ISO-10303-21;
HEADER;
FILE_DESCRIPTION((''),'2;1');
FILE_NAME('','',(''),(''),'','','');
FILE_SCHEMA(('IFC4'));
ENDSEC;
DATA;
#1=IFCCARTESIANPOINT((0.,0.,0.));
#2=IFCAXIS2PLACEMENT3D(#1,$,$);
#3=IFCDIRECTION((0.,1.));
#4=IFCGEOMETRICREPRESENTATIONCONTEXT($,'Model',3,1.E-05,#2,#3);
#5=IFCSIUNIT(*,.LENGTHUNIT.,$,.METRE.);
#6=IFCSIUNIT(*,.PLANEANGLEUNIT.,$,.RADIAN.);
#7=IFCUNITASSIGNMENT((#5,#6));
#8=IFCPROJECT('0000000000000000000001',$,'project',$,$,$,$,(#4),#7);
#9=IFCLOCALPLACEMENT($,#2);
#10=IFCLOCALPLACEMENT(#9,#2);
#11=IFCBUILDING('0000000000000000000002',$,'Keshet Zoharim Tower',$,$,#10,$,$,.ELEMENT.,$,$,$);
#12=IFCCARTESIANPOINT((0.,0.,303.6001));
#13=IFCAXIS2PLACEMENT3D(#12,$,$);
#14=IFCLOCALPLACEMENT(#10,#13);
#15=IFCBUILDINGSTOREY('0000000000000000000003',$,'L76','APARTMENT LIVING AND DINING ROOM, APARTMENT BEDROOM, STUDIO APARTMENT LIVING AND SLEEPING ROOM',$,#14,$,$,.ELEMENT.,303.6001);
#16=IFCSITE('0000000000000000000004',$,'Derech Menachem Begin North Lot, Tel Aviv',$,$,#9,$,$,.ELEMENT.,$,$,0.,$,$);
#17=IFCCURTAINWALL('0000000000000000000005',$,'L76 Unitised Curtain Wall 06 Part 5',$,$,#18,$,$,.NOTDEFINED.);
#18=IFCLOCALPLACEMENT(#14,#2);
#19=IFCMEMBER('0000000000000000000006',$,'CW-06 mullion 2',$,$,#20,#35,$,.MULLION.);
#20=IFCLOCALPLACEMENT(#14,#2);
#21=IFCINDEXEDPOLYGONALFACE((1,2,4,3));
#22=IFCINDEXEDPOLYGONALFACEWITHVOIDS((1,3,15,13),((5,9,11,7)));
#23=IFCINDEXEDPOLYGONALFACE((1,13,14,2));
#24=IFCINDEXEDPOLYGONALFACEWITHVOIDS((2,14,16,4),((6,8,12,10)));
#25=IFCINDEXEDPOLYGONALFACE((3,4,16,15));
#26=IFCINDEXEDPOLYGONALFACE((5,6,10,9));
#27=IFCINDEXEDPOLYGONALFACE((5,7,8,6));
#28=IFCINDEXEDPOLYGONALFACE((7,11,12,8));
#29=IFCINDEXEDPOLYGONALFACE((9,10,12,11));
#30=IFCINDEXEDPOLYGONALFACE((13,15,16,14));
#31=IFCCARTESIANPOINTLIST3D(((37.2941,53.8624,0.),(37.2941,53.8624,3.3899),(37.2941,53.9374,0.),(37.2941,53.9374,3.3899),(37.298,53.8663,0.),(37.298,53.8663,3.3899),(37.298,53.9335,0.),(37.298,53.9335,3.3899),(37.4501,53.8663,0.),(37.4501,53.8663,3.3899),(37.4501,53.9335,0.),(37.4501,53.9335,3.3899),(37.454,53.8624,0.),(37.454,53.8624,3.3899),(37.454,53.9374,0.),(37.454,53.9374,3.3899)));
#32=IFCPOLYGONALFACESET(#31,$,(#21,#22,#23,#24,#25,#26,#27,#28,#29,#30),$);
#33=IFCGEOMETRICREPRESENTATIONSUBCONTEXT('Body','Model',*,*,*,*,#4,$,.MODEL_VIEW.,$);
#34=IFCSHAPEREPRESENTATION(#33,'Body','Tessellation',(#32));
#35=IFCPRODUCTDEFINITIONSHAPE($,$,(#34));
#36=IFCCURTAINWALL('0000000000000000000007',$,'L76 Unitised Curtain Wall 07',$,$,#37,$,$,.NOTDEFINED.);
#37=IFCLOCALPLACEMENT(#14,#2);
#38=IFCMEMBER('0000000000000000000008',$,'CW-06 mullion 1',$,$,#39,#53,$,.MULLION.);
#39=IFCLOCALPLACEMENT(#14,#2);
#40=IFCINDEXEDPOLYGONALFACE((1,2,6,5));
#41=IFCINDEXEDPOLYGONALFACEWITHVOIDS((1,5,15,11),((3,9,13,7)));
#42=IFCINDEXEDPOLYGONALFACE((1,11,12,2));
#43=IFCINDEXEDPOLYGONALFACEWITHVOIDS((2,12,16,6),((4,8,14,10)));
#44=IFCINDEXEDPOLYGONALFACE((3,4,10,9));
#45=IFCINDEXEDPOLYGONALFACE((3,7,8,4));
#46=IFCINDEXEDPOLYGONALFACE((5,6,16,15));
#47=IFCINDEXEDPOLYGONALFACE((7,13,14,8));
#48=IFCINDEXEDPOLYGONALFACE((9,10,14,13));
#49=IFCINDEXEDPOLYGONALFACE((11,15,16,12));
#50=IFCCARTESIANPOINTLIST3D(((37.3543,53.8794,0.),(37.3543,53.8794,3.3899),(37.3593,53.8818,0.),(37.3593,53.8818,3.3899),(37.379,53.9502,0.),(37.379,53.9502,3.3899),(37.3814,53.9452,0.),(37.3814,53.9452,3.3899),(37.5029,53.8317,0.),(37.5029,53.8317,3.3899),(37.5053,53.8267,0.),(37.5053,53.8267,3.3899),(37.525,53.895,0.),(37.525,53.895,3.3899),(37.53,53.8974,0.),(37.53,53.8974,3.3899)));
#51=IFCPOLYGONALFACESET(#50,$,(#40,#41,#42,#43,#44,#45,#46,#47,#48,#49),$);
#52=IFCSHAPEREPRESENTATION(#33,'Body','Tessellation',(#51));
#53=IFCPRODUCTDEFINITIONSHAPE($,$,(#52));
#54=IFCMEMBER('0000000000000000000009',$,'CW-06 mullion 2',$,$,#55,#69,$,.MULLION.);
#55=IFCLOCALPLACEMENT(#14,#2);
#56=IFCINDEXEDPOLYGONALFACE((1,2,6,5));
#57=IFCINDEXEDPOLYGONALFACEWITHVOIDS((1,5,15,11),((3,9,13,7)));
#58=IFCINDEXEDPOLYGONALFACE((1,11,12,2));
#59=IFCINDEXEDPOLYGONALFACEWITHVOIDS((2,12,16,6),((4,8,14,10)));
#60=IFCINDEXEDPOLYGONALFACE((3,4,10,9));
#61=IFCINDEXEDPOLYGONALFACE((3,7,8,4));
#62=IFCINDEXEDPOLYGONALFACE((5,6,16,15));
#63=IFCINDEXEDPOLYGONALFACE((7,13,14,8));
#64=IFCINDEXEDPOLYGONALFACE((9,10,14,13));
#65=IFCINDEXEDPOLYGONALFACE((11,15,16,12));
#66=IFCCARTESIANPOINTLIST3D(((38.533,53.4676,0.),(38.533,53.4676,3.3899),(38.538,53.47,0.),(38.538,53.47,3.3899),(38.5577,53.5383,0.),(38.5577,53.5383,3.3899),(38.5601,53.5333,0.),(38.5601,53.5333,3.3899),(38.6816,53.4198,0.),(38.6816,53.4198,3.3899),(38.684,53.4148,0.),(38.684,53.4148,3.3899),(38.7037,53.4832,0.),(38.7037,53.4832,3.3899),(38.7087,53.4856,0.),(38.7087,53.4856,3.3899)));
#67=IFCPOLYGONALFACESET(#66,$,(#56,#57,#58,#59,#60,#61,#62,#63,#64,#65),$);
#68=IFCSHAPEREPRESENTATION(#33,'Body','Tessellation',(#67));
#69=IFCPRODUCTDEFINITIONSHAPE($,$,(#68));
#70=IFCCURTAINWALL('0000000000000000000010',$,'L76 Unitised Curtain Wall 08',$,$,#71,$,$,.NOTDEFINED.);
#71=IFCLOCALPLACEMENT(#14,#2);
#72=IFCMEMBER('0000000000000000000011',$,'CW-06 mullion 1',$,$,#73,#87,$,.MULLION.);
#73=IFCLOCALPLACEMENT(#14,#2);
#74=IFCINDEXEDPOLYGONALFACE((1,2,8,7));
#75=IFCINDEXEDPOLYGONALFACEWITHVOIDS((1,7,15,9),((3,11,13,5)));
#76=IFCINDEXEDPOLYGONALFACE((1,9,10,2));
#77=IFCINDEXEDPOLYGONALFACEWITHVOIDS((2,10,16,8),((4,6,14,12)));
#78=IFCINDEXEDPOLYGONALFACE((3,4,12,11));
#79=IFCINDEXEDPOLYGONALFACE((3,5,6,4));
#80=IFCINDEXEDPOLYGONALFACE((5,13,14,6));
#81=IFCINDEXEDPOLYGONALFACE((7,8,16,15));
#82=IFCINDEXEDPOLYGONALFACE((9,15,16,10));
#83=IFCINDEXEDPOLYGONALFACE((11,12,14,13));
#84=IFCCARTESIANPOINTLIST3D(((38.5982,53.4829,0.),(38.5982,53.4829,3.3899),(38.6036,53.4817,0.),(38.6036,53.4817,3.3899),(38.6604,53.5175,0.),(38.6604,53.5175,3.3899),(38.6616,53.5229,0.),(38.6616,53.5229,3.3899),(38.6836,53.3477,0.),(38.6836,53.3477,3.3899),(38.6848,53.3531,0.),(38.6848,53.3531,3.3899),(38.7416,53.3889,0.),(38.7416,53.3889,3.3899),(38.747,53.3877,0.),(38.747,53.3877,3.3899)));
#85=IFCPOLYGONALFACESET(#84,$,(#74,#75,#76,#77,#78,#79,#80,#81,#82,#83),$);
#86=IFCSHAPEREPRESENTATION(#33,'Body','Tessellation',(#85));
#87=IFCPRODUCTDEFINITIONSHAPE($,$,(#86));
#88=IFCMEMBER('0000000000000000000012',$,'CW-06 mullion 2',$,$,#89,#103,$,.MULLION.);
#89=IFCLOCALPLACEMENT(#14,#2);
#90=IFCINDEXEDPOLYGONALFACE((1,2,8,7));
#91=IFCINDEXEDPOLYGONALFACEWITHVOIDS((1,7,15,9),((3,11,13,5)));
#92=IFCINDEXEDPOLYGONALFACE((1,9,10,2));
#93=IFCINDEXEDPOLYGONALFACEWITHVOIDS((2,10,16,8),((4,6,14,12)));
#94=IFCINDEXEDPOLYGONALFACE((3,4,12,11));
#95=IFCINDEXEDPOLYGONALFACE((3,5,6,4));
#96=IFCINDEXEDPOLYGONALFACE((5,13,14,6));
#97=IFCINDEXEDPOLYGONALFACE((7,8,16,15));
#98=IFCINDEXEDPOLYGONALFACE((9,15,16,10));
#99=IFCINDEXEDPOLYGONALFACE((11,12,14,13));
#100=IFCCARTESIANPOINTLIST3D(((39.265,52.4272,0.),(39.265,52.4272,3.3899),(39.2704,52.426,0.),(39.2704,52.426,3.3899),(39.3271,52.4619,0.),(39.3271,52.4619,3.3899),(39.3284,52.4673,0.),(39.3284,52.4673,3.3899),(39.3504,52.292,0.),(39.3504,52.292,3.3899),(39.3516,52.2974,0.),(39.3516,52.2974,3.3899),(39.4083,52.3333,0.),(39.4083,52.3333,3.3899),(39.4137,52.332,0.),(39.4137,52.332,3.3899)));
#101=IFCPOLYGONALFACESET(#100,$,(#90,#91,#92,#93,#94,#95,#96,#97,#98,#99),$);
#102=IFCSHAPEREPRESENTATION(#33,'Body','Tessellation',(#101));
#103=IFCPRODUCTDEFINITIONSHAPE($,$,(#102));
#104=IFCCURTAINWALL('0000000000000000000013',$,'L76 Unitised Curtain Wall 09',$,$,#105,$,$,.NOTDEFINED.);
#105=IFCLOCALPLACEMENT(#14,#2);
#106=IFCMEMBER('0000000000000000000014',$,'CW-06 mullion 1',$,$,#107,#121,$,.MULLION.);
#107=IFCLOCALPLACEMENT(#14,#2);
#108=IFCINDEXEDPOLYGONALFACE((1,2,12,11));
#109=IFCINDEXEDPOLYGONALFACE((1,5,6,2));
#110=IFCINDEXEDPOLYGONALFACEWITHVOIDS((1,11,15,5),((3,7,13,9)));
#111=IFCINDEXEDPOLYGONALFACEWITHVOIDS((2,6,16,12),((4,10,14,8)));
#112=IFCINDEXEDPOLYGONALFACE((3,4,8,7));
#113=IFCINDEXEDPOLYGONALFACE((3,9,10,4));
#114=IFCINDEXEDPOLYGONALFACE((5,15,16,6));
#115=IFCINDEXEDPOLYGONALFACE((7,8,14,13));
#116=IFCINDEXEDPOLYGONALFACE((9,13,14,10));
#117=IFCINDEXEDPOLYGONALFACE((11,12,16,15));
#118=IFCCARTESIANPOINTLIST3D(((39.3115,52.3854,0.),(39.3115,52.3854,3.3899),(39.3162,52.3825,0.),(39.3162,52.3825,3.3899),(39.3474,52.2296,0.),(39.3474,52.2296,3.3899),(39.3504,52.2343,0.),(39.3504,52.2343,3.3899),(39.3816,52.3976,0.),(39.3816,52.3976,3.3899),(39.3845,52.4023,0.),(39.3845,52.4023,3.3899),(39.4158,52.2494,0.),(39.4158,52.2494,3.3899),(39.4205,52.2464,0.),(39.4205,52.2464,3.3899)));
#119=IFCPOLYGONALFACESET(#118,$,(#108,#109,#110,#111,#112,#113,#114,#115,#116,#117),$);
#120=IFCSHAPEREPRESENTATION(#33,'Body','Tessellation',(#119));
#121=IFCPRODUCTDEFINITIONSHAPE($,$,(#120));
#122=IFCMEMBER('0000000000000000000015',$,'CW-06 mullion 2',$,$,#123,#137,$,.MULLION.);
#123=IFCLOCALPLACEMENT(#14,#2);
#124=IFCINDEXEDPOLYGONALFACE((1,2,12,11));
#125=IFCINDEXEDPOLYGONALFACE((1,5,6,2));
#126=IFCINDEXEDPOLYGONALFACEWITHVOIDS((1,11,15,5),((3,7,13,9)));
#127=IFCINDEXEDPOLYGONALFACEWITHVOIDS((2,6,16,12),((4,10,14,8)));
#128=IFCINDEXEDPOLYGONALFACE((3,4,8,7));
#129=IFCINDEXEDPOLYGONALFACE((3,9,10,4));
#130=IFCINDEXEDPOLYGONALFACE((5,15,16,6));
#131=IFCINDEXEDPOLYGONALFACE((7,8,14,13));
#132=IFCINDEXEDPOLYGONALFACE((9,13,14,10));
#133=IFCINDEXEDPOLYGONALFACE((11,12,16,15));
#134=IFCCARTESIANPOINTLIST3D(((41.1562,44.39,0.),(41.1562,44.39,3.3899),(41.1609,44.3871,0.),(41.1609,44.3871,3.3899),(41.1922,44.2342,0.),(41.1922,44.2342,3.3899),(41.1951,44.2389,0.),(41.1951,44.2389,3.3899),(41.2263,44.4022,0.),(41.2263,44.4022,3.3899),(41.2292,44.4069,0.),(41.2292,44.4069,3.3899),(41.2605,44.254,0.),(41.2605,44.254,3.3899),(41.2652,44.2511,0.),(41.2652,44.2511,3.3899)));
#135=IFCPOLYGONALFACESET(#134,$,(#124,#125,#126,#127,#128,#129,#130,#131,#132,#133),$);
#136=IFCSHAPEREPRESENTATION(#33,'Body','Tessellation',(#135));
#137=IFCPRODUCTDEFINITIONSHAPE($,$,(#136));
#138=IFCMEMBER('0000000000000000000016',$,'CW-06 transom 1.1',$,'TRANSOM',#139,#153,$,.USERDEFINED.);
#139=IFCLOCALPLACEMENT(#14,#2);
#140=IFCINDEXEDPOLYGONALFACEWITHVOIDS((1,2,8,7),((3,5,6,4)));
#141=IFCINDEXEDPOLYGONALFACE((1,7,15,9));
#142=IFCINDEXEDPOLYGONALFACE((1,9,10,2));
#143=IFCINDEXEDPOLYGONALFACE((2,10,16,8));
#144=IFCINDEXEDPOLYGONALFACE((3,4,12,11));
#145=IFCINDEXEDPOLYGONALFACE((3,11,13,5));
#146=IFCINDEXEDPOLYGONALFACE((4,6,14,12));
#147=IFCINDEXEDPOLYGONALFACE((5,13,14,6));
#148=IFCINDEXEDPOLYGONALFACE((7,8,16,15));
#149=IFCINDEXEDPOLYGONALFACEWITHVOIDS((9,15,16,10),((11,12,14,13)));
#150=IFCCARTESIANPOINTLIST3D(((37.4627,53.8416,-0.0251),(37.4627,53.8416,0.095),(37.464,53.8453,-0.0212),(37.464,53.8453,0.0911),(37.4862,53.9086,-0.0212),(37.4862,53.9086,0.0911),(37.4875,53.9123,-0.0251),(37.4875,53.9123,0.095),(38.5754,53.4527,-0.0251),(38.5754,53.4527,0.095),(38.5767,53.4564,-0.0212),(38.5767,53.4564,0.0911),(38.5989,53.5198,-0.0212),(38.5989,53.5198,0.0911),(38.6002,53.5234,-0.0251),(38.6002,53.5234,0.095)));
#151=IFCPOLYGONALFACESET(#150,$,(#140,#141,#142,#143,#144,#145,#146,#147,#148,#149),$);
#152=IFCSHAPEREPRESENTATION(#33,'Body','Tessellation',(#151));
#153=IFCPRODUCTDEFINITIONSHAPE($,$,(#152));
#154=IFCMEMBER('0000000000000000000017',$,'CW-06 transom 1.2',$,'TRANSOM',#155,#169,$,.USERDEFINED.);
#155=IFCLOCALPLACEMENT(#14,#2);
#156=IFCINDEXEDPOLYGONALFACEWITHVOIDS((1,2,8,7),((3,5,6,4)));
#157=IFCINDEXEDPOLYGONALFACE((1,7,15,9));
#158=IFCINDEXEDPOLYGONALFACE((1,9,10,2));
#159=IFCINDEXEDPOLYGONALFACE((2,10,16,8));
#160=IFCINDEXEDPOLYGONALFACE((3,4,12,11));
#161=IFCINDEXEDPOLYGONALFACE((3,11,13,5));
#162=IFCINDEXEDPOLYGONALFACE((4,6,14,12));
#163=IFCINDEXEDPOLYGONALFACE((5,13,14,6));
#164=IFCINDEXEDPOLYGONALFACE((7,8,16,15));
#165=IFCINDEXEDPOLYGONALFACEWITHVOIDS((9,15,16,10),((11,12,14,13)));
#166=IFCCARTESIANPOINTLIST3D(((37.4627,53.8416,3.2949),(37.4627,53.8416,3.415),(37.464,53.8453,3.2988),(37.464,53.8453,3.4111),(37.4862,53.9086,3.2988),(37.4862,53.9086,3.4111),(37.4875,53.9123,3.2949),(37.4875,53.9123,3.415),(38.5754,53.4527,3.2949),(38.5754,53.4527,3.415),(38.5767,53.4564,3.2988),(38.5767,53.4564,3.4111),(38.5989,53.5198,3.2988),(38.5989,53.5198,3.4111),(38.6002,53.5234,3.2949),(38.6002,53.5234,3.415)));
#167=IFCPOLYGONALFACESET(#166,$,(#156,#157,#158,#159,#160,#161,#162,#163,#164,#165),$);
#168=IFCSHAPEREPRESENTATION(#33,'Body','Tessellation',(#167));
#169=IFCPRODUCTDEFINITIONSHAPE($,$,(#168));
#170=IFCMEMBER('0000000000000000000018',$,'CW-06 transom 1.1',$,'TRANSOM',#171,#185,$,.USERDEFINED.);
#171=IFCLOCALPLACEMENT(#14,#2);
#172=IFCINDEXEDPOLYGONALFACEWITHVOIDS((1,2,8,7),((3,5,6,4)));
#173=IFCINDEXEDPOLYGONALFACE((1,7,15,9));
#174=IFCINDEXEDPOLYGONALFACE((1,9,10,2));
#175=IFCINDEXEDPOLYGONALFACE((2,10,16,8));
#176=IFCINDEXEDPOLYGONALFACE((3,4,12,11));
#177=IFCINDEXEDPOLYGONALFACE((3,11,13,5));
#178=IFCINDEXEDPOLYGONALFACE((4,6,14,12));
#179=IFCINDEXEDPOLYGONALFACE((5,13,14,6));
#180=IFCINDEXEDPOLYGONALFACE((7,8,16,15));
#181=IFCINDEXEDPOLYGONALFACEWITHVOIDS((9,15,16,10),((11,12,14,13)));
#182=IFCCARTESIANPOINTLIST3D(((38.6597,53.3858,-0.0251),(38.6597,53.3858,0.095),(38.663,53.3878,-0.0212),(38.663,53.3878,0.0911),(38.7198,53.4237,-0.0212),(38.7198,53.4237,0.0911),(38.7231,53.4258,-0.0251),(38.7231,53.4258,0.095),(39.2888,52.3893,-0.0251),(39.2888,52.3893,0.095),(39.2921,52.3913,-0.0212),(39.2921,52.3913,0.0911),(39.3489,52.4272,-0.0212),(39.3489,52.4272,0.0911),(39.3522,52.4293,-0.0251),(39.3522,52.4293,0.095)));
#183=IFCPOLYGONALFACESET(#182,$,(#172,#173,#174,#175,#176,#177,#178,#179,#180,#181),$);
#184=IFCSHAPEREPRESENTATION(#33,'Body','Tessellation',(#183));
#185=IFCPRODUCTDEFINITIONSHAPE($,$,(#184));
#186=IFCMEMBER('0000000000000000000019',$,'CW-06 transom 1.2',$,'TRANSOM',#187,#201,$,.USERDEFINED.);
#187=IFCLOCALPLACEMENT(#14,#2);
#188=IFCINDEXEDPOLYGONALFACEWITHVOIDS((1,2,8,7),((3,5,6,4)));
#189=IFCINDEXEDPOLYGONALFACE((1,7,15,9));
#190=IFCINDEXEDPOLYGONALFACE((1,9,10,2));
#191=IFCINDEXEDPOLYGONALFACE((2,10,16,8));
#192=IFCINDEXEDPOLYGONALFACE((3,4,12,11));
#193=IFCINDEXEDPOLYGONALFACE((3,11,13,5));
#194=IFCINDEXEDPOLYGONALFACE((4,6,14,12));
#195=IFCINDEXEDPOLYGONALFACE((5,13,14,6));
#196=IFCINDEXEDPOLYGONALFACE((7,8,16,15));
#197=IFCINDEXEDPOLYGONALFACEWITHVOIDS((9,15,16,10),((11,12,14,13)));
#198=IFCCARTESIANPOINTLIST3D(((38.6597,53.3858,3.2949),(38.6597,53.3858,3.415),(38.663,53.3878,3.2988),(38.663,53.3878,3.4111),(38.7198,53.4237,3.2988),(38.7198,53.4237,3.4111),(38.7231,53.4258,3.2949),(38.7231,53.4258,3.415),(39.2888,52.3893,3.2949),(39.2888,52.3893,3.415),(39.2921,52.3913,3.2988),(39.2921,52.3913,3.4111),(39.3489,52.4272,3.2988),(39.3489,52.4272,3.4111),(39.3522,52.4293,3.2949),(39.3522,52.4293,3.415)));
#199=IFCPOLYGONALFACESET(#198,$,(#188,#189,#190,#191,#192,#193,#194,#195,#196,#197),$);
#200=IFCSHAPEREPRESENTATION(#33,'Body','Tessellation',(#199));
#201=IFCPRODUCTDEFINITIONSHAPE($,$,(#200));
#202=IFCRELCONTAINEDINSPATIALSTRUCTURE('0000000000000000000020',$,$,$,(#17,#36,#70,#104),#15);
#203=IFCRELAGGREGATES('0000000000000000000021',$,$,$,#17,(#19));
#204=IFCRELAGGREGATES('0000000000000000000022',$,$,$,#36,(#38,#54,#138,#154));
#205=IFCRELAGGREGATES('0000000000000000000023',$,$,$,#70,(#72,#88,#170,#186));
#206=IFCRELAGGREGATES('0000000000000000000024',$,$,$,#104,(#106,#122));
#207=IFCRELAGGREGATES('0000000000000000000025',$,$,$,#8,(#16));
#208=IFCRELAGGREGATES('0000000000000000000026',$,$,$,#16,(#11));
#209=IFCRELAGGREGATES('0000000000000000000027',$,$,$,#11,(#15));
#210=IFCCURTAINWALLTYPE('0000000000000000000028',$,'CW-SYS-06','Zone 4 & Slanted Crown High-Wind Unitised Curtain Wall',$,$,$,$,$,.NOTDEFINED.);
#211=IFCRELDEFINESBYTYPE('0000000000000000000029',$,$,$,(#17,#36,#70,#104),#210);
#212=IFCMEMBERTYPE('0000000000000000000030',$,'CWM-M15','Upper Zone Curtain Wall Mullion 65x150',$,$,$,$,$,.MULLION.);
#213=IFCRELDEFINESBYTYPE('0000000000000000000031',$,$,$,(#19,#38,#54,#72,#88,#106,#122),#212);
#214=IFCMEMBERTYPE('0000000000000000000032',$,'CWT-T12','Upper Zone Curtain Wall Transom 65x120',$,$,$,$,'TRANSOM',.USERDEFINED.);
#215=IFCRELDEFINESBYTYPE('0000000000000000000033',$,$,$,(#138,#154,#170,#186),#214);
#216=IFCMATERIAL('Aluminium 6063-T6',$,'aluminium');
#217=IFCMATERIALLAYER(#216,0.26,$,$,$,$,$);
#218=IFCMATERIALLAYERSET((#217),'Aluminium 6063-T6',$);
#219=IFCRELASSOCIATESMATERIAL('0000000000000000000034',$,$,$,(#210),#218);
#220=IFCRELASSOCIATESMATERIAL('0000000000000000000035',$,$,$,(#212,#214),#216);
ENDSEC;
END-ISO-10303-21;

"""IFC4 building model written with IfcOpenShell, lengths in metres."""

from ifc_helpers import new_model, si_unit, direction, frame, origin, origin_2d, place, context, subcontext, project, spatial, hollow_rectangle, extrude, material, layer, layer_set, material_profile, profile_set, type_object, element, aggregate, save


model = new_model("IFC4")

# Units and contexts
model_context = context("Model", 3, precision=1e-05, world=origin(), true_north=direction((0.0, 1.0)))
body_context = subcontext(model_context, "Body", "Model", "MODEL_VIEW")
ifc_project = project(units=[si_unit("LENGTHUNIT", "METRE"), si_unit("PLANEANGLEUNIT", "RADIAN")], contexts=[model_context])

# Site, building, storey
site_placement = place(None, origin())
site = spatial("IfcSite", under=ifc_project, at=site_placement, Name="Derech Menachem Begin North Lot, Tel Aviv", CompositionType="ELEMENT", RefElevation=0.0)
building_placement = place(site_placement, origin())
building = spatial("IfcBuilding", under=site, at=building_placement, Name="Keshet Zoharim Tower", CompositionType="ELEMENT")
storey_placement = place(building_placement, frame((0.0, 0.0, 303.6001)))
storey = spatial("IfcBuildingStorey", under=building, at=storey_placement, Name="L76", Description="APARTMENT LIVING AND DINING ROOM, APARTMENT BEDROOM, STUDIO APARTMENT LIVING AND SLEEPING ROOM", CompositionType="ELEMENT", Elevation=303.6001)

# Curtain wall, member
ifc_material_1 = material(Name="Aluminium 6063-T6", Category="aluminium")
ifc_layer_1 = layer(ifc_material_1, 0.26)
ifc_layer_set_1 = layer_set([ifc_layer_1], Name="Aluminium 6063-T6")
curtain_wall_type = type_object("IfcCurtainWallType", Name="CW-SYS-06", Description="Zone 4 & Slanted Crown High-Wind Unitised Curtain Wall", PredefinedType="NOTDEFINED", material=ifc_layer_set_1)
curtain_wall_1_placement = place(storey_placement, origin())
curtain_wall_1 = element("IfcCurtainWall", 1, at=curtain_wall_1_placement, inside=storey, type_object=curtain_wall_type, Name="L76 Unitised Curtain Wall 06 Part 5", PredefinedType="NOTDEFINED")
ifc_material_profile_1 = material_profile(ifc_material_1, hollow_rectangle(XDim=0.075, YDim=0.1599, WallThickness=0.0039, at=origin_2d()), Name="MUL-75x160")
ifc_profile_set_1 = profile_set([ifc_material_profile_1], Name="Aluminium 6063-T6")
member_type_1 = type_object("IfcMemberType", Name="CWM-M15", Description="Upper Zone Curtain Wall Mullion 65x150", PredefinedType="MULLION", material=ifc_profile_set_1)
member_1_placement = place(storey_placement, frame((37.374, 53.8999, 0.0), z_axis=(0.0, 0.0, 1.0), x_axis=(0.0, 1.0, 0.0)))
member_1 = element("IfcMember", 2, at=member_1_placement, type_object=member_type_1, Name="CW-06 mullion 2", PredefinedType="MULLION", context=body_context, shape_type="SweptSolid", body=[
    extrude(hollow_rectangle(XDim=0.075, YDim=0.1599, WallThickness=0.0039, at=origin_2d()), origin(), (0.0, 0.0, 1.0), 3.3899),
])
aggregate(curtain_wall_1, [member_1])

# Curtain walls, members
curtain_wall_2_placement = place(storey_placement, origin())
curtain_wall_2 = element("IfcCurtainWall", 3, at=curtain_wall_2_placement, inside=storey, type_object=curtain_wall_type, Name="L76 Unitised Curtain Wall 07", PredefinedType="NOTDEFINED")
member_2_placement = place(storey_placement, frame((37.4421, 53.8884, 0.0), z_axis=(0.0, 0.0, 1.0), x_axis=(0.329844, 0.944036, 0.0)))
member_2 = element("IfcMember", 4, at=member_2_placement, type_object=member_type_1, Name="CW-06 mullion 1", PredefinedType="MULLION", context=body_context, shape_type="SweptSolid", body=[
    extrude(hollow_rectangle(XDim=0.075, YDim=0.1599, WallThickness=0.0039, at=origin_2d()), origin(), (0.0, 0.0, 1.0), 3.3899),
])
member_3_placement = place(storey_placement, frame((38.6208, 53.4766, 0.0), z_axis=(0.0, 0.0, 1.0), x_axis=(0.329844, 0.944036, 0.0)))
member_3 = element("IfcMember", 5, at=member_3_placement, type_object=member_type_1, Name="CW-06 mullion 2", PredefinedType="MULLION", context=body_context, shape_type="SweptSolid", body=[
    extrude(hollow_rectangle(XDim=0.075, YDim=0.1599, WallThickness=0.0039, at=origin_2d()), origin(), (0.0, 0.0, 1.0), 3.3899),
])
curtain_wall_3_placement = place(storey_placement, origin())
curtain_wall_3 = element("IfcCurtainWall", 6, at=curtain_wall_3_placement, inside=storey, type_object=curtain_wall_type, Name="L76 Unitised Curtain Wall 08", PredefinedType="NOTDEFINED")
member_4_placement = place(storey_placement, frame((38.6726, 53.4353, 0.0), z_axis=(0.0, 0.0, 1.0), x_axis=(0.845561, 0.533879, 0.0)))
member_4 = element("IfcMember", 7, at=member_4_placement, type_object=member_type_1, Name="CW-06 mullion 1", PredefinedType="MULLION", context=body_context, shape_type="SweptSolid", body=[
    extrude(hollow_rectangle(XDim=0.075, YDim=0.1599, WallThickness=0.0039, at=origin_2d()), origin(), (0.0, 0.0, 1.0), 3.3899),
])
member_5_placement = place(storey_placement, frame((39.3394, 52.3796, 0.0), z_axis=(0.0, 0.0, 1.0), x_axis=(0.845561, 0.533879, 0.0)))
member_5 = element("IfcMember", 8, at=member_5_placement, type_object=member_type_1, Name="CW-06 mullion 2", PredefinedType="MULLION", context=body_context, shape_type="SweptSolid", body=[
    extrude(hollow_rectangle(XDim=0.075, YDim=0.1599, WallThickness=0.0039, at=origin_2d()), origin(), (0.0, 0.0, 1.0), 3.3899),
])
curtain_wall_4_placement = place(storey_placement, origin())
curtain_wall_4 = element("IfcCurtainWall", 9, at=curtain_wall_4_placement, inside=storey, type_object=curtain_wall_type, Name="L76 Unitised Curtain Wall 09", PredefinedType="NOTDEFINED")
member_6_placement = place(storey_placement, frame((39.366, 52.3159, 0.0), z_axis=(0.0, 0.0, 1.0), x_axis=(0.974398, 0.22483, 0.0)))
member_6 = element("IfcMember", 10, at=member_6_placement, type_object=member_type_1, Name="CW-06 mullion 1", PredefinedType="MULLION", context=body_context, shape_type="SweptSolid", body=[
    extrude(hollow_rectangle(XDim=0.075, YDim=0.1599, WallThickness=0.0039, at=origin_2d()), origin(), (0.0, 0.0, 1.0), 3.3899),
])
member_7_placement = place(storey_placement, frame((41.2107, 44.3206, 0.0), z_axis=(0.0, 0.0, 1.0), x_axis=(0.974398, 0.22483, 0.0)))
member_7 = element("IfcMember", 11, at=member_7_placement, type_object=member_type_1, Name="CW-06 mullion 2", PredefinedType="MULLION", context=body_context, shape_type="SweptSolid", body=[
    extrude(hollow_rectangle(XDim=0.075, YDim=0.1599, WallThickness=0.0039, at=origin_2d()), origin(), (0.0, 0.0, 1.0), 3.3899),
])

# Members
ifc_material_profile_2 = material_profile(ifc_material_1, hollow_rectangle(XDim=0.075, YDim=0.1201, WallThickness=0.0039, at=origin_2d()), Name="TRN-75x120")
ifc_profile_set_2 = profile_set([ifc_material_profile_2], Name="Aluminium 6063-T6")
member_type_2 = type_object("IfcMemberType", Name="CWT-T12", Description="Upper Zone Curtain Wall Transom 65x120", ElementType="TRANSOM", PredefinedType="USERDEFINED", material=ifc_profile_set_2)
member_8_placement = place(storey_placement, frame((37.4751, 53.877, 0.0349), z_axis=(0.944007, -0.329926, 0.0), x_axis=(0.329926, 0.944007, 0.0)))
member_8 = element("IfcMember", 12, at=member_8_placement, type_object=member_type_2, Name="CW-06 transom 1.1", ObjectType="TRANSOM", PredefinedType="USERDEFINED", context=body_context, shape_type="SweptSolid", body=[
    extrude(hollow_rectangle(XDim=0.075, YDim=0.1201, WallThickness=0.0039, at=origin_2d()), origin(), (0.0, 0.0, 1.0), 1.1787),
])
member_9_placement = place(storey_placement, frame((37.4751, 53.877, 3.355), z_axis=(0.944007, -0.329926, 0.0), x_axis=(0.329926, 0.944007, 0.0)))
member_9 = element("IfcMember", 13, at=member_9_placement, type_object=member_type_2, Name="CW-06 transom 1.2", ObjectType="TRANSOM", PredefinedType="USERDEFINED", context=body_context, shape_type="SweptSolid", body=[
    extrude(hollow_rectangle(XDim=0.075, YDim=0.1201, WallThickness=0.0039, at=origin_2d()), origin(), (0.0, 0.0, 1.0), 1.1787),
])
member_10_placement = place(storey_placement, frame((38.6914, 53.4058, 0.0349), z_axis=(0.533829, -0.845592, 0.0), x_axis=(0.845592, 0.533829, 0.0)))
member_10 = element("IfcMember", 14, at=member_10_placement, type_object=member_type_2, Name="CW-06 transom 1.1", ObjectType="TRANSOM", PredefinedType="USERDEFINED", context=body_context, shape_type="SweptSolid", body=[
    extrude(hollow_rectangle(XDim=0.075, YDim=0.1201, WallThickness=0.0039, at=origin_2d()), origin(), (0.0, 0.0, 1.0), 1.1785),
])
member_11_placement = place(storey_placement, frame((38.6914, 53.4058, 3.355), z_axis=(0.533829, -0.845592, 0.0), x_axis=(0.845592, 0.533829, 0.0)))
member_11 = element("IfcMember", 15, at=member_11_placement, type_object=member_type_2, Name="CW-06 transom 1.2", ObjectType="TRANSOM", PredefinedType="USERDEFINED", context=body_context, shape_type="SweptSolid", body=[
    extrude(hollow_rectangle(XDim=0.075, YDim=0.1201, WallThickness=0.0039, at=origin_2d()), origin(), (0.0, 0.0, 1.0), 1.1785),
])

aggregate(curtain_wall_2, [member_2, member_3, member_8, member_9])
aggregate(curtain_wall_3, [member_4, member_5, member_10, member_11])
aggregate(curtain_wall_4, [member_6, member_7])

save(model, "model.ifc")
